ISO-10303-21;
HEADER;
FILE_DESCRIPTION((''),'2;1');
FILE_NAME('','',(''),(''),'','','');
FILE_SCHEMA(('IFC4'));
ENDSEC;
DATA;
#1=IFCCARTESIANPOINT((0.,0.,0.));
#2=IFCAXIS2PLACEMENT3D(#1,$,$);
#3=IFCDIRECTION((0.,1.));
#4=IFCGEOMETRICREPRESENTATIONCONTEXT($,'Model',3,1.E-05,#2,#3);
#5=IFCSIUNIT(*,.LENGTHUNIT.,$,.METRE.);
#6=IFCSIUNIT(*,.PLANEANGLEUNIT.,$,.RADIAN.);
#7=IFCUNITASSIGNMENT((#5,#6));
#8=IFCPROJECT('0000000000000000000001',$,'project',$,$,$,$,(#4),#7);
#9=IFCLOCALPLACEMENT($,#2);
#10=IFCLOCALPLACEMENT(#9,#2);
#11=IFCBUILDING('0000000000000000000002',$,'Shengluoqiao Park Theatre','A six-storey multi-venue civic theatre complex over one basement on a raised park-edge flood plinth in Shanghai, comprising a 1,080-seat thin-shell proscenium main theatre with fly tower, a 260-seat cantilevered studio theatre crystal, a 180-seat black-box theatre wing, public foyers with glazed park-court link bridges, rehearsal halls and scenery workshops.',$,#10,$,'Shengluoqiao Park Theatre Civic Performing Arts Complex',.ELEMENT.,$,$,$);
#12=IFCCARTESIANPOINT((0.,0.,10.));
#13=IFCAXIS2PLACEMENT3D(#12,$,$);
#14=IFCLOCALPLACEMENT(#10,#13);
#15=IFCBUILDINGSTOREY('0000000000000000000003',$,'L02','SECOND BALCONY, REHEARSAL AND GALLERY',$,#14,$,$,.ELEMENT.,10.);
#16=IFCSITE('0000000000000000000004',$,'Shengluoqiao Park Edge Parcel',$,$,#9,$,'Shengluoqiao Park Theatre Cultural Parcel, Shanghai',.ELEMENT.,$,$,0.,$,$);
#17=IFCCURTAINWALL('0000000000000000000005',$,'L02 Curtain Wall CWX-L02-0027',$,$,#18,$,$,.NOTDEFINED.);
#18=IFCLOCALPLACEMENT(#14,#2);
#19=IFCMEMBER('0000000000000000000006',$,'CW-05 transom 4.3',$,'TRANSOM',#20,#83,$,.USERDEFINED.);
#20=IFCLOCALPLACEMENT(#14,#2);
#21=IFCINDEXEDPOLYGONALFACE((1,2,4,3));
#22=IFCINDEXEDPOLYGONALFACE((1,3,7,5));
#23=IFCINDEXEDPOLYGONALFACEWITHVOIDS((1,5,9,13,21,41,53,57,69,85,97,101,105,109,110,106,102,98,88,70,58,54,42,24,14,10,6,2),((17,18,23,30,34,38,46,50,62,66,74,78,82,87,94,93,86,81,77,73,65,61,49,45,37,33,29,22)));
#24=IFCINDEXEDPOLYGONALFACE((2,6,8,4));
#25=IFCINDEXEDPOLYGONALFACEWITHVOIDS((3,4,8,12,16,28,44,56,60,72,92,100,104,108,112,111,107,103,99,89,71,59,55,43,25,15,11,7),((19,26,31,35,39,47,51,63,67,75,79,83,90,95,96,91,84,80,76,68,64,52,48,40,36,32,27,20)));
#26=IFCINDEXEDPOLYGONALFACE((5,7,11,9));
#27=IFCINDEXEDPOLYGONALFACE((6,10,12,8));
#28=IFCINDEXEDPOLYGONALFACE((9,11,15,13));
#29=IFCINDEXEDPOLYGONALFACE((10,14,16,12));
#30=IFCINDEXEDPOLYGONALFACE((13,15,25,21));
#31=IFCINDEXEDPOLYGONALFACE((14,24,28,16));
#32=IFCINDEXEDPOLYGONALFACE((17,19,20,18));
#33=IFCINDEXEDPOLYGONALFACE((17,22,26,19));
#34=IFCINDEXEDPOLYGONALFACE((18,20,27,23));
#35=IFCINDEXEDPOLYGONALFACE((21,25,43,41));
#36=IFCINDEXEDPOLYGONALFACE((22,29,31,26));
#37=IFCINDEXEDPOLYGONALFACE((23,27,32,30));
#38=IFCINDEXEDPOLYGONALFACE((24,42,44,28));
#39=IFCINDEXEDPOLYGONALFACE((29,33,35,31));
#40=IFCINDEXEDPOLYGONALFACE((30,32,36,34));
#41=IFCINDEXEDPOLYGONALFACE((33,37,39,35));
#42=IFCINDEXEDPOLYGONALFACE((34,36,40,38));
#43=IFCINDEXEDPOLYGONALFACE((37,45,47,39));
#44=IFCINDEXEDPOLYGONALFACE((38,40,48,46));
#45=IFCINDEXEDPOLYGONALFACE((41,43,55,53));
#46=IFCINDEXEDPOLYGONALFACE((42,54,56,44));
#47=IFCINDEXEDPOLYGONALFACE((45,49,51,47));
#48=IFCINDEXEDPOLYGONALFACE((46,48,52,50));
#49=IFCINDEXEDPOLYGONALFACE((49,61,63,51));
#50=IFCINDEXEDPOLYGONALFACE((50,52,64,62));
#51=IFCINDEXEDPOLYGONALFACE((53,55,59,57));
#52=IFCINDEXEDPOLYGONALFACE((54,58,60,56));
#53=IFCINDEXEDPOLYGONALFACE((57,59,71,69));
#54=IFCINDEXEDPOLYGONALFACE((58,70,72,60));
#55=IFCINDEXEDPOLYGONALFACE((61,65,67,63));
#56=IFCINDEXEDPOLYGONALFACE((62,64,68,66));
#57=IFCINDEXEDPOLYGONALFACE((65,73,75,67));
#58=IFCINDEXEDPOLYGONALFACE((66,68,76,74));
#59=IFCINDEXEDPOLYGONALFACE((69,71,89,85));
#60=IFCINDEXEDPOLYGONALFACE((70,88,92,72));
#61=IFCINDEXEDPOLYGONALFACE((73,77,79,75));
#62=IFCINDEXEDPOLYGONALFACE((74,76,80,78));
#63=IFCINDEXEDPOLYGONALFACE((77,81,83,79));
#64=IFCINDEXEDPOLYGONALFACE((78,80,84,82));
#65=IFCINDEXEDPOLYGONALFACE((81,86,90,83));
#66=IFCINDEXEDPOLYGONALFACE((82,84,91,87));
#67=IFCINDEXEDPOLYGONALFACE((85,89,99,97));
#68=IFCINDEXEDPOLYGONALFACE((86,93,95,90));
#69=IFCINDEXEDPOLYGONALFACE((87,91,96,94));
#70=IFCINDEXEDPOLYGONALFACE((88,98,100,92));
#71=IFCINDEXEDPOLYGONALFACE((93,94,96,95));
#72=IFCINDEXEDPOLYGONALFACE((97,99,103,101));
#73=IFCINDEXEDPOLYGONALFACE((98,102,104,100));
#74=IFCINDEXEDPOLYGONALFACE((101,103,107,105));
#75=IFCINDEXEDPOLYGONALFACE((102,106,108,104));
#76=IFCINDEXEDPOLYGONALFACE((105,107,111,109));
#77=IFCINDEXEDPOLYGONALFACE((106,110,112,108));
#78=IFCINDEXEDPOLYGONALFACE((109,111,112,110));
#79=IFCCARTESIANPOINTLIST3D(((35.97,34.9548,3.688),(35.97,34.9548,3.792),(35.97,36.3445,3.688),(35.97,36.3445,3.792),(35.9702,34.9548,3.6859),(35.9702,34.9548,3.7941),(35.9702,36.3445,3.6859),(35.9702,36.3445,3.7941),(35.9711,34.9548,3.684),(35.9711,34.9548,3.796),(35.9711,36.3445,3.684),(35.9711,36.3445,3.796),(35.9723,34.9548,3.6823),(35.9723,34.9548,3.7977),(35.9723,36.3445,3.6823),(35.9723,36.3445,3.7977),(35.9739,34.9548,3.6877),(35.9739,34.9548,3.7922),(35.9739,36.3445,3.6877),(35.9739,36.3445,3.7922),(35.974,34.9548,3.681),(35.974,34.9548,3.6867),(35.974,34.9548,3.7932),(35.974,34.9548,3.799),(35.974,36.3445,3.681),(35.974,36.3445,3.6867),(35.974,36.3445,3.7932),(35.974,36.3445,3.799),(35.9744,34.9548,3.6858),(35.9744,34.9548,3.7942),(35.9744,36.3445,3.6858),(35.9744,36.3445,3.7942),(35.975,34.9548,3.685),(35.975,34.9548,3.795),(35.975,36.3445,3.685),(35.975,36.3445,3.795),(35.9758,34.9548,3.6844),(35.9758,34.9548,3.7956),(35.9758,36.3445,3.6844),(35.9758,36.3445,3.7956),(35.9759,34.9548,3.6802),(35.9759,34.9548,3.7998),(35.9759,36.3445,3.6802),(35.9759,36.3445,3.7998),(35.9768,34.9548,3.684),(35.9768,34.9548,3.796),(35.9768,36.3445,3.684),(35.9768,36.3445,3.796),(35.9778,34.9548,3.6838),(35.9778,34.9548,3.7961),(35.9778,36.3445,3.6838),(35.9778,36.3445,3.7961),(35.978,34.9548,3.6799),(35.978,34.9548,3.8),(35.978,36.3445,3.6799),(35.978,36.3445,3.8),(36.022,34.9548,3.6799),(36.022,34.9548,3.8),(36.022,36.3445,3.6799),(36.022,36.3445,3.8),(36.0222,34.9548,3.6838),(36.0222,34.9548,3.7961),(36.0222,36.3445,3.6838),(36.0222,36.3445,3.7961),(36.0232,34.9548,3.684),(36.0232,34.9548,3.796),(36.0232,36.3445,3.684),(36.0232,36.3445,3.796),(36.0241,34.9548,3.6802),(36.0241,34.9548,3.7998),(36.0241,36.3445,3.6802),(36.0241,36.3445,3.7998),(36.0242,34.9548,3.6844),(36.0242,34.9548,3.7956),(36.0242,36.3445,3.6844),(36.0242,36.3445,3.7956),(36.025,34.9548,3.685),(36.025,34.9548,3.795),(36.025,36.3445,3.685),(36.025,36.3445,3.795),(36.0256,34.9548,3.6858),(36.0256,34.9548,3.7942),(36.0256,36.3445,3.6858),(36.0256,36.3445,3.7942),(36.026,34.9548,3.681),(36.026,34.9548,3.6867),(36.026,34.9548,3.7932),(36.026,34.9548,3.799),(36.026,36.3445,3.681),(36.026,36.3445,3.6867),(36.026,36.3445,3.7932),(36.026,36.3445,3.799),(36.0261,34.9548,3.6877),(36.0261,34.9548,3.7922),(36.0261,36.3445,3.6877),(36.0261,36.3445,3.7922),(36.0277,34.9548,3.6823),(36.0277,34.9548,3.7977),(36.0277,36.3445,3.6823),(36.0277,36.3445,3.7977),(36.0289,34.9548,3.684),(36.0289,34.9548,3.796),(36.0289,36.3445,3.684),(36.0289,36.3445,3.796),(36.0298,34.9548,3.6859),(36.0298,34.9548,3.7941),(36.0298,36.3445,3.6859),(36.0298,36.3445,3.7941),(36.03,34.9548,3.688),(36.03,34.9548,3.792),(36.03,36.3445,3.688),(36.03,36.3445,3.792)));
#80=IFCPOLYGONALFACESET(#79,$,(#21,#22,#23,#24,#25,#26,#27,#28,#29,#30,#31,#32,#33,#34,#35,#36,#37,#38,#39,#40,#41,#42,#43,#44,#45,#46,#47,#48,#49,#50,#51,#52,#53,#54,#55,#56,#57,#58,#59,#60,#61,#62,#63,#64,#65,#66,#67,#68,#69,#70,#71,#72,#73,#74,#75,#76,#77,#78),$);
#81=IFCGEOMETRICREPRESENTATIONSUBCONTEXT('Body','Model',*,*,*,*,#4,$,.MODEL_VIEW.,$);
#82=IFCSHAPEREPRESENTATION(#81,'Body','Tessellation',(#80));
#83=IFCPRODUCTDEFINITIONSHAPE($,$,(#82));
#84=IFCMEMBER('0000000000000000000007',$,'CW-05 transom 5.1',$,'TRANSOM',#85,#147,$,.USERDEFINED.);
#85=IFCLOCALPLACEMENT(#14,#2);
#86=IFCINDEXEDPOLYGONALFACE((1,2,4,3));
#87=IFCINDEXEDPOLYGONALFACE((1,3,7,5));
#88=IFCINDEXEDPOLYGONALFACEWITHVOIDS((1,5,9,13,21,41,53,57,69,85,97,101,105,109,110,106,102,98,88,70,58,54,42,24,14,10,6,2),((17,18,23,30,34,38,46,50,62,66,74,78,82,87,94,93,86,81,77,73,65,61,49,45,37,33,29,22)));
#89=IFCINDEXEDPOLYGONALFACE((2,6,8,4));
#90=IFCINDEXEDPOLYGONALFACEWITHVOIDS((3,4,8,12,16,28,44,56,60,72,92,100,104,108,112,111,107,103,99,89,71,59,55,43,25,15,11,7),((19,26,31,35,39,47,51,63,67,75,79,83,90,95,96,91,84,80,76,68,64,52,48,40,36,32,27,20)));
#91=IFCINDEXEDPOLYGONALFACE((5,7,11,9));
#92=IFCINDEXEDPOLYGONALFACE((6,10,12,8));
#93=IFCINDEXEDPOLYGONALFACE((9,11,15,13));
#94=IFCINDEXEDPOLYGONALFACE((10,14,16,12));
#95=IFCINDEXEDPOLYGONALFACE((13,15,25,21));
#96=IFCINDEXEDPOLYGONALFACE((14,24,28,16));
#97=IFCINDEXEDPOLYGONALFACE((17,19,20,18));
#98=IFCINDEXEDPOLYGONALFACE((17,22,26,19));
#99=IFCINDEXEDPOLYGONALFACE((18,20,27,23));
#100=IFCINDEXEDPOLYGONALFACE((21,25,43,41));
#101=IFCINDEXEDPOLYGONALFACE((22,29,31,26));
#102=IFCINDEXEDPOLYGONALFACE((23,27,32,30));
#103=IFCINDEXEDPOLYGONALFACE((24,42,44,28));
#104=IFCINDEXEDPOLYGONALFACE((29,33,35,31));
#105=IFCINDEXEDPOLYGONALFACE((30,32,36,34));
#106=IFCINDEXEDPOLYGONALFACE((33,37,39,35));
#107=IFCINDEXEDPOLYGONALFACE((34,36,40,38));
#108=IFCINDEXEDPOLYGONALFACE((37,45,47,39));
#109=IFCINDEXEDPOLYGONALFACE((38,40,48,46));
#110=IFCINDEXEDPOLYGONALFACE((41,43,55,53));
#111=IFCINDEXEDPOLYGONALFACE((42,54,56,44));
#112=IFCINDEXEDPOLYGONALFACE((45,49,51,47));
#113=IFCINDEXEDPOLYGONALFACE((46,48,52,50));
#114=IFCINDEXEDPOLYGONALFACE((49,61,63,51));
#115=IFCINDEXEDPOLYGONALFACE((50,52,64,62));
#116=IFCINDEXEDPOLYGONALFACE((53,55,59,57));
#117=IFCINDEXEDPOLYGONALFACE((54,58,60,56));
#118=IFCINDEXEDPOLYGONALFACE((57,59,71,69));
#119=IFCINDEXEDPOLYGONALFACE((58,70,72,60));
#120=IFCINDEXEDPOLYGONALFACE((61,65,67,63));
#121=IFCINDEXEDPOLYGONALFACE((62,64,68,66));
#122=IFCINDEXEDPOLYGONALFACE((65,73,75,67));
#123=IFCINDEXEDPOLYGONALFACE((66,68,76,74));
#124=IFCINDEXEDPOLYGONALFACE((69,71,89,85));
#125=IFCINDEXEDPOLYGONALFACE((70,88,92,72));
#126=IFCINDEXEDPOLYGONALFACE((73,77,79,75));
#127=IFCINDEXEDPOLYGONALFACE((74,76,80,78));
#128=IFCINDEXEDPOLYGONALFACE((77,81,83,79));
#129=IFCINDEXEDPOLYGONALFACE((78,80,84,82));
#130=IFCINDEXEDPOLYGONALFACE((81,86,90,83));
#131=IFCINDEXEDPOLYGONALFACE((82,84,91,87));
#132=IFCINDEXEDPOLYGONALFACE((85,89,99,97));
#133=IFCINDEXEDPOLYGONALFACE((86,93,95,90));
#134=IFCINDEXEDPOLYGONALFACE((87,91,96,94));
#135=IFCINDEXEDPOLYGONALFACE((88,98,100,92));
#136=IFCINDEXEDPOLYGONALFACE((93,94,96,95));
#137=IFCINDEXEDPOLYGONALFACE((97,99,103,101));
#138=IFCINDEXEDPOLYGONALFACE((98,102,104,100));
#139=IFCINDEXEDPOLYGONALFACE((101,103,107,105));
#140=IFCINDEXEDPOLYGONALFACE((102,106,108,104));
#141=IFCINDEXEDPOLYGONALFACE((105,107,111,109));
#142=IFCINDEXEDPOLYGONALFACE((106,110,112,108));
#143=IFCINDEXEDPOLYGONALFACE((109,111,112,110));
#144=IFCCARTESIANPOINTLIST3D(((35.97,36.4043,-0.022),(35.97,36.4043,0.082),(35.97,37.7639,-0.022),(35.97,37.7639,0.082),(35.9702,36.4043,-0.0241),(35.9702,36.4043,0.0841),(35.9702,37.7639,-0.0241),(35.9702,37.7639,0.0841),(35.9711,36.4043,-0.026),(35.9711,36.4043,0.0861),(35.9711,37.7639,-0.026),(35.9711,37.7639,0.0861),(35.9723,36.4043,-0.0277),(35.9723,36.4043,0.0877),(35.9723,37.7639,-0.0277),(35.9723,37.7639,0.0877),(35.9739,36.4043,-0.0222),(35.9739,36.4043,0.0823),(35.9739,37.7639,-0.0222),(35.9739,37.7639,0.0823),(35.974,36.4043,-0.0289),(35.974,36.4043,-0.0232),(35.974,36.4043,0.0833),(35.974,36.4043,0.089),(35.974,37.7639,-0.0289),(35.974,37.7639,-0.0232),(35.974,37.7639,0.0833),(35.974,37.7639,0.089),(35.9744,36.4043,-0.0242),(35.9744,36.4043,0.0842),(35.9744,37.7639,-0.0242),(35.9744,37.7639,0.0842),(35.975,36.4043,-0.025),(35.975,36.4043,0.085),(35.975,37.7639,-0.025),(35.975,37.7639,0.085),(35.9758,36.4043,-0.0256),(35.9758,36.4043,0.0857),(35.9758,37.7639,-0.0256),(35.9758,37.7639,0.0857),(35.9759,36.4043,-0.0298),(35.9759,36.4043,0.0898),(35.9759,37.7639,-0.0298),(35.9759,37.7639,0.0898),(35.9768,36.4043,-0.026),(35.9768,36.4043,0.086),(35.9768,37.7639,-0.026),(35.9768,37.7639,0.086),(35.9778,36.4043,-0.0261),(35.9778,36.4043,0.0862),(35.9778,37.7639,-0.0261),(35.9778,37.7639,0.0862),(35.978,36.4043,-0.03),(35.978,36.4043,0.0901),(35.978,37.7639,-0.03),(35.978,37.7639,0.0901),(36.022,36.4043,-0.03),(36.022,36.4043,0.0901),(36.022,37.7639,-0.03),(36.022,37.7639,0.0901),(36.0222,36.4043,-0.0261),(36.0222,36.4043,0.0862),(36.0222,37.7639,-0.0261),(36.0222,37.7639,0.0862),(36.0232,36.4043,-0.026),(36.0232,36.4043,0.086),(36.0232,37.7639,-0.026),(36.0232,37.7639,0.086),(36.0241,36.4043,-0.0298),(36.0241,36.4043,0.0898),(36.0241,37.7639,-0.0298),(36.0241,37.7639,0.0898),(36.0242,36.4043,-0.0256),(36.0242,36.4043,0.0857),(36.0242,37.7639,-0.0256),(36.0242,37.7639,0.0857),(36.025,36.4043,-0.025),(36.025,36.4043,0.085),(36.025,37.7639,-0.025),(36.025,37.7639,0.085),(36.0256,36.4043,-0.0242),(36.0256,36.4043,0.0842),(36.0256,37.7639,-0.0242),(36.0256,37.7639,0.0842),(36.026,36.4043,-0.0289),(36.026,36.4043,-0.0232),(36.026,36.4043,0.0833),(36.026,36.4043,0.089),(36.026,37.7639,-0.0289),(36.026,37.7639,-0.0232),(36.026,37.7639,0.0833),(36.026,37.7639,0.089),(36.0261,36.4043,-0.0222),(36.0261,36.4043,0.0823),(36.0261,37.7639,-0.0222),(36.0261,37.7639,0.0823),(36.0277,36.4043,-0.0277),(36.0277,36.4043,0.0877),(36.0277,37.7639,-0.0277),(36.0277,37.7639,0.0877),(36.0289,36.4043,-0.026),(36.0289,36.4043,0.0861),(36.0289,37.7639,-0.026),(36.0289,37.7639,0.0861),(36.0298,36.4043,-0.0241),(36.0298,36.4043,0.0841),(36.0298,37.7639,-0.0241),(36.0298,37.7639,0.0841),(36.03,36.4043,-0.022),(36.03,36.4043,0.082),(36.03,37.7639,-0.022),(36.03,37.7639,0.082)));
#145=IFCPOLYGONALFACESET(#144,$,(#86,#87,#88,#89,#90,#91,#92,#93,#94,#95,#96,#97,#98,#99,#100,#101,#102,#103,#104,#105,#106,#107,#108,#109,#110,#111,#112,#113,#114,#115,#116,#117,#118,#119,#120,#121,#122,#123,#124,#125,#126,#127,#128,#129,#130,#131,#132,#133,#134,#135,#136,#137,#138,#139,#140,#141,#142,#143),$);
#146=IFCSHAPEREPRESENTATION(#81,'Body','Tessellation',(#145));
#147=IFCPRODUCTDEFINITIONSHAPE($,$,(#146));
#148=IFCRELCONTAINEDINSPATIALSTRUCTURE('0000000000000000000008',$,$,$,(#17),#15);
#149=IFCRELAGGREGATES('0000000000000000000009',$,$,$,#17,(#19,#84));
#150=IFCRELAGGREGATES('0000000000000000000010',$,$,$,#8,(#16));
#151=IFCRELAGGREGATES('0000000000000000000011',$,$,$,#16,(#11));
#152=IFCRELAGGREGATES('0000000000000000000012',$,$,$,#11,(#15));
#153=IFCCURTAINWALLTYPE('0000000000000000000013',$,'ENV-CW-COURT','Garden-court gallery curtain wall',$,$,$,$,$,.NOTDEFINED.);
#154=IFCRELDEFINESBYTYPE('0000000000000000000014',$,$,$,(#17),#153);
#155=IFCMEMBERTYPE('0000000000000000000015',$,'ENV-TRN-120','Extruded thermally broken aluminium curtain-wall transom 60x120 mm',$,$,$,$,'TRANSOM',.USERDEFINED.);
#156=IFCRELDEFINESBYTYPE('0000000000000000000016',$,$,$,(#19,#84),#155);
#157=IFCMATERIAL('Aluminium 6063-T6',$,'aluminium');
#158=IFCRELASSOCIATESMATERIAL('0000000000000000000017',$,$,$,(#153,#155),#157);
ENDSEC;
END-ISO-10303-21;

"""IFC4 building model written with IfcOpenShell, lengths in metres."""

from ifc_helpers import new_model, si_unit, direction, frame, origin, origin_2d, place, context, subcontext, project, spatial, hollow_rectangle, extrude, material, material_profile, profile_set, type_object, element, aggregate, save


model = new_model("IFC4")

# Units and contexts
model_context = context("Model", 3, precision=1e-05, world=origin(), true_north=direction((0.0, 1.0)))
body_context = subcontext(model_context, "Body", "Model", "MODEL_VIEW")
ifc_project = project(units=[si_unit("LENGTHUNIT", "METRE"), si_unit("PLANEANGLEUNIT", "RADIAN")], contexts=[model_context])

# Site, building, storey
site_placement = place(None, origin())
site = spatial("IfcSite", under=ifc_project, at=site_placement, Name="Shengluoqiao Park Edge Parcel", LongName="Shengluoqiao Park Theatre Cultural Parcel, Shanghai", CompositionType="ELEMENT", RefElevation=0.0)
building_placement = place(site_placement, origin())
building = spatial("IfcBuilding", under=site, at=building_placement, Name="Shengluoqiao Park Theatre", Description="A six-storey multi-venue civic theatre complex over one basement on a raised park-edge flood plinth in Shanghai, comprising a 1,080-seat thin-shell proscenium main theatre with fly tower, a 260-seat cantilevered studio theatre crystal, a 180-seat black-box theatre wing, public foyers with glazed park-court link bridges, rehearsal halls and scenery workshops.", LongName="Shengluoqiao Park Theatre Civic Performing Arts Complex", CompositionType="ELEMENT")
storey_placement = place(building_placement, frame((0.0, 0.0, 10.0)))
storey = spatial("IfcBuildingStorey", under=building, at=storey_placement, Name="L02", Description="SECOND BALCONY, REHEARSAL AND GALLERY", CompositionType="ELEMENT", Elevation=10.0)

# Curtain wall, members
ifc_material_1 = material(Name="Aluminium 6063-T6", Category="aluminium")
curtain_wall_type = type_object("IfcCurtainWallType", Name="ENV-CW-COURT", Description="Garden-court gallery curtain wall", PredefinedType="NOTDEFINED", material=ifc_material_1)
curtain_wall_placement = place(storey_placement, origin())
curtain_wall = element("IfcCurtainWall", 1, at=curtain_wall_placement, inside=storey, type_object=curtain_wall_type, Name="L02 Curtain Wall CWX-L02-0027", PredefinedType="NOTDEFINED")
ifc_material_profile_1 = material_profile(ifc_material_1, hollow_rectangle(XDim=0.0601, YDim=0.1201, WallThickness=0.0039, InnerFilletRadius=0.0039, OuterFilletRadius=0.0081, at=origin_2d()), Name="ALU TRANSOM 120x60x4")
ifc_profile_set_1 = profile_set([ifc_material_profile_1], Name="Aluminium 6063-T6")
member_type_1 = type_object("IfcMemberType", Name="ENV-TRN-120", Description="Extruded thermally broken aluminium curtain-wall transom 60x120 mm", ElementType="TRANSOM", PredefinedType="USERDEFINED", material=ifc_profile_set_1)
member_1_placement = place(storey_placement, frame((36.0, 34.9548, 3.74), z_axis=(0.0, 1.0, 0.0), x_axis=(-1.0, 0.0, 0.0)))
member_1 = element("IfcMember", 2, at=member_1_placement, type_object=member_type_1, Name="CW-05 transom 4.3", ObjectType="TRANSOM", PredefinedType="USERDEFINED", context=body_context, shape_type="SweptSolid", body=[
    extrude(hollow_rectangle(XDim=0.0601, YDim=0.1201, WallThickness=0.0039, InnerFilletRadius=0.0039, OuterFilletRadius=0.0081, at=origin_2d()), origin(), (0.0, 0.0, 1.0), 1.3896),
])
member_2_placement = place(storey_placement, frame((36.0, 36.4043, 0.03), z_axis=(0.0, 1.0, 0.0), x_axis=(-1.0, 0.0, 0.0)))
member_2 = element("IfcMember", 3, at=member_2_placement, type_object=member_type_1, Name="CW-05 transom 5.1", ObjectType="TRANSOM", PredefinedType="USERDEFINED", context=body_context, shape_type="SweptSolid", body=[
    extrude(hollow_rectangle(XDim=0.0601, YDim=0.1201, WallThickness=0.0039, InnerFilletRadius=0.0039, OuterFilletRadius=0.0081, at=origin_2d()), origin(), (0.0, 0.0, 1.0), 1.3596),
])
aggregate(curtain_wall, [member_1, member_2])

save(model, "model.ifc")
